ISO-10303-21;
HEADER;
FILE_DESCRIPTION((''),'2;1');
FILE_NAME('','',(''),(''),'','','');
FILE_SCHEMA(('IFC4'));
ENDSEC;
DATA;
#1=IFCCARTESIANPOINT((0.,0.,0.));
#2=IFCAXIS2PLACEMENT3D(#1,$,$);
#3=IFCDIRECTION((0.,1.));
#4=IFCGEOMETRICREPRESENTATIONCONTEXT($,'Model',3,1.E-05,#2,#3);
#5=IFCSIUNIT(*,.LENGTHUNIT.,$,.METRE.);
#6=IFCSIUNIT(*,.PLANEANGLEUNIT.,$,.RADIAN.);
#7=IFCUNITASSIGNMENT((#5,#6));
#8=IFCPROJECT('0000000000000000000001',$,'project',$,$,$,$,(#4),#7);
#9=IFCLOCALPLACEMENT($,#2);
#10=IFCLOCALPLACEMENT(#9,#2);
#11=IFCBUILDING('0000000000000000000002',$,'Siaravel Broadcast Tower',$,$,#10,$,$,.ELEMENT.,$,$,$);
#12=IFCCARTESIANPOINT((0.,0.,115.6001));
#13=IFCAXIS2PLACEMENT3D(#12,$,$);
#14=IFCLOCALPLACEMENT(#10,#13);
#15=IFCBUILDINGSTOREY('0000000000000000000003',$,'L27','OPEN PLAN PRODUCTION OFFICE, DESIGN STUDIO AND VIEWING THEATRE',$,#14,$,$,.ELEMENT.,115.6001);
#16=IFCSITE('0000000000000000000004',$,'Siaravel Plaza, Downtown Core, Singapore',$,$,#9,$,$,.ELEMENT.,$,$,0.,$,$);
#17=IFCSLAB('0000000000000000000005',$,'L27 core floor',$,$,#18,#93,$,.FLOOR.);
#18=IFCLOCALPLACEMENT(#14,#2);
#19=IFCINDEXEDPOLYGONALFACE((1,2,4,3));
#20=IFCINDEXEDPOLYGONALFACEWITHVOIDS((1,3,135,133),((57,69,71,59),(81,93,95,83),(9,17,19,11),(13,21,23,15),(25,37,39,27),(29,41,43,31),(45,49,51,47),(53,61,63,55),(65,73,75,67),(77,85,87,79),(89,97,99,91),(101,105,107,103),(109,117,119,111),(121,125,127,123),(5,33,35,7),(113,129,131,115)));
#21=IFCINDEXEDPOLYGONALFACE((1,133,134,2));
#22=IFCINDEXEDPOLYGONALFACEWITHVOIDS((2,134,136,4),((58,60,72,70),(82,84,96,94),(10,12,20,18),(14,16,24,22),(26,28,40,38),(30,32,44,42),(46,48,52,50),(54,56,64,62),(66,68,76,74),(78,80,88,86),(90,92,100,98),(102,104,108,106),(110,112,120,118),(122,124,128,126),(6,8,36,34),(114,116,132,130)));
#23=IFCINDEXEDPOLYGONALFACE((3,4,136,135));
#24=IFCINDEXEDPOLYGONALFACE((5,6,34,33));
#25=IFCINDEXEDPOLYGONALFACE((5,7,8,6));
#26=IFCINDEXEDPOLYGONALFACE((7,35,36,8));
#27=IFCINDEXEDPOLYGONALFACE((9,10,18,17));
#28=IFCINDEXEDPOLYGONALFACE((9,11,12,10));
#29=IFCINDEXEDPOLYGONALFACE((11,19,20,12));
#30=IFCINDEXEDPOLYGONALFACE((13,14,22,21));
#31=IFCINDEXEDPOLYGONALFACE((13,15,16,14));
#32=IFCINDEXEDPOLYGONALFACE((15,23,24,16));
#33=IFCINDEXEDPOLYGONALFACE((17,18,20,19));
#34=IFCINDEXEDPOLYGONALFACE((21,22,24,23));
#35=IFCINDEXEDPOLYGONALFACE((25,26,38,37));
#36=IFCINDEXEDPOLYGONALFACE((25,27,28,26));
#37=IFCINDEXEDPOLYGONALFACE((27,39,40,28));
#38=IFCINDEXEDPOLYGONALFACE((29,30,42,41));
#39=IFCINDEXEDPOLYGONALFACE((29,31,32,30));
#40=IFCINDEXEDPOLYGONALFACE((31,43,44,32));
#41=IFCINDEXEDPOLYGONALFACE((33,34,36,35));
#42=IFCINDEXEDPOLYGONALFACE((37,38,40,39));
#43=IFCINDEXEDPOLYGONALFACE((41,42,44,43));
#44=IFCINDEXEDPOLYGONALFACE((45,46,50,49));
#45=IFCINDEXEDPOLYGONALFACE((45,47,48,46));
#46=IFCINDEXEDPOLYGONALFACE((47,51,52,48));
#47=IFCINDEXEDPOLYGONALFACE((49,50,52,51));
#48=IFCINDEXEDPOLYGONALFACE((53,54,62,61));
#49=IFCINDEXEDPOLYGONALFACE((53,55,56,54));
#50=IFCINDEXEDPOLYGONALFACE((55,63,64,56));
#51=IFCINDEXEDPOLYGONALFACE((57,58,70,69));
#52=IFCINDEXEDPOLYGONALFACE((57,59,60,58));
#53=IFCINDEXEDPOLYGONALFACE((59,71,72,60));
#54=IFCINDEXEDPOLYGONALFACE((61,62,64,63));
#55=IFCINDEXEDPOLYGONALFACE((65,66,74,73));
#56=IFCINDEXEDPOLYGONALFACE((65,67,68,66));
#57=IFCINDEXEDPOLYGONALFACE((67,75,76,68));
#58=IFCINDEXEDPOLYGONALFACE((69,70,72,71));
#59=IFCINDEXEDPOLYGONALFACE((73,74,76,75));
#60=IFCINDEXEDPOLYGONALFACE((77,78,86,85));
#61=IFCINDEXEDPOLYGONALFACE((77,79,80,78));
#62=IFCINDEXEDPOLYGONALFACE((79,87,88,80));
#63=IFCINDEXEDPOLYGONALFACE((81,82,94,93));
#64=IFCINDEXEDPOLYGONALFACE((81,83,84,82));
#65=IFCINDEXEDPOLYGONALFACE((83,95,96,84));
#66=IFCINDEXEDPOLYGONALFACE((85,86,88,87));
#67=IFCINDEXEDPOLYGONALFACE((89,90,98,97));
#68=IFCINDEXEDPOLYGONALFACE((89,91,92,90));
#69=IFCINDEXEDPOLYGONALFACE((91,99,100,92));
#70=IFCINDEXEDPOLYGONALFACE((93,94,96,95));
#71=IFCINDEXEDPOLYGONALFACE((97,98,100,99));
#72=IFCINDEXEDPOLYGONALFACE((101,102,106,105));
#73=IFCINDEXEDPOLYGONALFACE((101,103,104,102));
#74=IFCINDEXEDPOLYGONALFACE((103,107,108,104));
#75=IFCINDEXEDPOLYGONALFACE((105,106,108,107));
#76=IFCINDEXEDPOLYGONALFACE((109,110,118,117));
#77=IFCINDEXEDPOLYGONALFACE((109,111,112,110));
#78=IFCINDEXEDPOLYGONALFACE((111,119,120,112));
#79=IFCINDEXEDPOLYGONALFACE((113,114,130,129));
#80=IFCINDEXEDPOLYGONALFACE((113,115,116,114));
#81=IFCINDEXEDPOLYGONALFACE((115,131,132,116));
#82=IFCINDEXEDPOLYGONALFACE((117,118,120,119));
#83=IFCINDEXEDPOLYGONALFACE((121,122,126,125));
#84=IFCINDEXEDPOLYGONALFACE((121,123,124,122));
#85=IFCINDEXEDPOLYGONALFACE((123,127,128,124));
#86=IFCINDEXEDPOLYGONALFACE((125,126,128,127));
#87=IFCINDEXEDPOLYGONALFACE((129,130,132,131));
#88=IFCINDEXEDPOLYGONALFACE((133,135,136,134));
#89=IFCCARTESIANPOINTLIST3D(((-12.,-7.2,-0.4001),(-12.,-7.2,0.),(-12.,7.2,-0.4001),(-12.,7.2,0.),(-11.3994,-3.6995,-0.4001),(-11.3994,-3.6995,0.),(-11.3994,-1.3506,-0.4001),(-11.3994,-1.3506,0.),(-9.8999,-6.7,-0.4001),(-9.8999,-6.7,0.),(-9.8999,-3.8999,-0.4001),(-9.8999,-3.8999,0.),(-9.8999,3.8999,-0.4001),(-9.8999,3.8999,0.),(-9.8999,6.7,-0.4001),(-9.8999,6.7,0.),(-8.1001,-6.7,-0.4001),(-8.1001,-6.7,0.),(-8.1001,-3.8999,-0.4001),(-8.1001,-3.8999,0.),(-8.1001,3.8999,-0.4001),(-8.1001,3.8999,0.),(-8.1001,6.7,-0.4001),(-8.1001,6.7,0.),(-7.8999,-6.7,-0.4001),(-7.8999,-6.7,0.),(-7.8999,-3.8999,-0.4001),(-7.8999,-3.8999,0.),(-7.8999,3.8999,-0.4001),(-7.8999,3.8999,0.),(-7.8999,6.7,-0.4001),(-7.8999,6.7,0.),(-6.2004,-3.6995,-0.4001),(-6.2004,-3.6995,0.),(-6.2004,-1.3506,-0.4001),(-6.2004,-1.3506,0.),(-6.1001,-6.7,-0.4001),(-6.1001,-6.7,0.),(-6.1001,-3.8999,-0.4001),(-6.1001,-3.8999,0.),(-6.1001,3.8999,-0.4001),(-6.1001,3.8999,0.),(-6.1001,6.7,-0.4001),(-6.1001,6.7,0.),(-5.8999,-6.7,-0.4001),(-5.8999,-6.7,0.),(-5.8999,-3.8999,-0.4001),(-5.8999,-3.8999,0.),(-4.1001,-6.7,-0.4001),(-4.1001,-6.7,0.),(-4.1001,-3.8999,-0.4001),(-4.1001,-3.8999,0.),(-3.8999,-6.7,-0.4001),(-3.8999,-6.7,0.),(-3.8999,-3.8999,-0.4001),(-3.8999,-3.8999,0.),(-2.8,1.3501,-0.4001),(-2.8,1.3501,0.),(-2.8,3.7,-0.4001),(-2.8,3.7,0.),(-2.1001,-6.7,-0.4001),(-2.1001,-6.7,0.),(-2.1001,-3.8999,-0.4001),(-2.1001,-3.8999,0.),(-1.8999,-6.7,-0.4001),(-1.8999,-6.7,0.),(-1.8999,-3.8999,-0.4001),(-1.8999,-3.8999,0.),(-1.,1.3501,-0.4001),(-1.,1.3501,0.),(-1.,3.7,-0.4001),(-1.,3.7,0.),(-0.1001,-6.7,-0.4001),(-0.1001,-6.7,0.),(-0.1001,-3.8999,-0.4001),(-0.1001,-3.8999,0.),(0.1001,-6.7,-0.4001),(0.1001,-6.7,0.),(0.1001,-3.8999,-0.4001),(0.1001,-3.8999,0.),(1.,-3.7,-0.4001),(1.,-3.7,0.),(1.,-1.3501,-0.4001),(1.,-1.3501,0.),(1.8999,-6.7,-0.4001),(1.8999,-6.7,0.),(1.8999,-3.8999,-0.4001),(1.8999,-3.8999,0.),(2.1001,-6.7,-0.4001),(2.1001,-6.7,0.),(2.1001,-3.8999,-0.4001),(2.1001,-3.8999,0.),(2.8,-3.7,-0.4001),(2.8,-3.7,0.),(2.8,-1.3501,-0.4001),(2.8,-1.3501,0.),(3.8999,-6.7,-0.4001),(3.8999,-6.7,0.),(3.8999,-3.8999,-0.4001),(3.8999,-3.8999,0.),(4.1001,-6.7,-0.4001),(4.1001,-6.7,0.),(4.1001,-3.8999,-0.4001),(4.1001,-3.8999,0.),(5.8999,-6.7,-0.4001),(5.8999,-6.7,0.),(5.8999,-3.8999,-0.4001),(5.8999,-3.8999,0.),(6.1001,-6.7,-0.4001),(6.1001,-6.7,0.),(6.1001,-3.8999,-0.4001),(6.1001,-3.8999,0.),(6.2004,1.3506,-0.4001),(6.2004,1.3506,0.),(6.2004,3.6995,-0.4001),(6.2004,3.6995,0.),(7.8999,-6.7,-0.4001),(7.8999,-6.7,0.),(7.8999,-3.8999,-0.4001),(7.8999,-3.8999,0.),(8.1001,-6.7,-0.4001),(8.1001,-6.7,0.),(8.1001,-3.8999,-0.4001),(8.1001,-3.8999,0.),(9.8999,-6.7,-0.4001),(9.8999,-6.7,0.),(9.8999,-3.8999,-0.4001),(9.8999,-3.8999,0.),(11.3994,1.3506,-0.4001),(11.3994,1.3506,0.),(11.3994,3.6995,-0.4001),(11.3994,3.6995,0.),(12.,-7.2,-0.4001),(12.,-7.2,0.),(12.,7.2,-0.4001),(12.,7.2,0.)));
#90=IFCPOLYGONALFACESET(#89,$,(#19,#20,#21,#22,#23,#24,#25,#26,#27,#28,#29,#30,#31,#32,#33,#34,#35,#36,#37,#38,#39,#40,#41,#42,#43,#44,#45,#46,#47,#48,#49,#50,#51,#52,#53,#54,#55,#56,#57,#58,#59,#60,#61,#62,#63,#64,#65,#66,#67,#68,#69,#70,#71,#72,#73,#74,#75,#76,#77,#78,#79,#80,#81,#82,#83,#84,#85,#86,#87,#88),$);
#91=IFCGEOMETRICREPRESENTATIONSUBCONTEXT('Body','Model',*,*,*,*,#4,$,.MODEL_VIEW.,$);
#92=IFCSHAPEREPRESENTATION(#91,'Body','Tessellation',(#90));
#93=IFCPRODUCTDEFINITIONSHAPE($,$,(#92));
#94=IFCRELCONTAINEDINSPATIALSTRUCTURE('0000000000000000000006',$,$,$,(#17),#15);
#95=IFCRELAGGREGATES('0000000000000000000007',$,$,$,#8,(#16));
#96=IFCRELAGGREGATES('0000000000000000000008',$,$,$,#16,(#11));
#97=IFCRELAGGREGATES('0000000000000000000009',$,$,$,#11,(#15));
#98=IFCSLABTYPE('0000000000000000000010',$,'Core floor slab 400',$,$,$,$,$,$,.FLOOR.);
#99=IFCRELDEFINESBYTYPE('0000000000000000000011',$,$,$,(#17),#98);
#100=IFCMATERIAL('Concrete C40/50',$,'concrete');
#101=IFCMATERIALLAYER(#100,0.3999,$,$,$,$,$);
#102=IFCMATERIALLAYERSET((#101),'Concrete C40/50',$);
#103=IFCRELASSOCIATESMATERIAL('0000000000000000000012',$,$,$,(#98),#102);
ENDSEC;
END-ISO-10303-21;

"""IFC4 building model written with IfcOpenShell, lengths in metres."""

from ifc_helpers import new_model, si_unit, direction, frame, origin, place, context, subcontext, project, spatial, polyline, outline, extrude, material, layer, layer_set, type_object, element, save


model = new_model("IFC4")

# Units and contexts
model_context = context("Model", 3, precision=1e-05, world=origin(), true_north=direction((0.0, 1.0)))
body_context = subcontext(model_context, "Body", "Model", "MODEL_VIEW")
ifc_project = project(units=[si_unit("LENGTHUNIT", "METRE"), si_unit("PLANEANGLEUNIT", "RADIAN")], contexts=[model_context])

# Site, building, storey
site_placement = place(None, origin())
site = spatial("IfcSite", under=ifc_project, at=site_placement, Name="Siaravel Plaza, Downtown Core, Singapore", CompositionType="ELEMENT", RefElevation=0.0)
building_placement = place(site_placement, origin())
building = spatial("IfcBuilding", under=site, at=building_placement, Name="Siaravel Broadcast Tower", CompositionType="ELEMENT")
storey_placement = place(building_placement, frame((0.0, 0.0, 115.6001)))
storey = spatial("IfcBuildingStorey", under=building, at=storey_placement, Name="L27", Description="OPEN PLAN PRODUCTION OFFICE, DESIGN STUDIO AND VIEWING THEATRE", CompositionType="ELEMENT", Elevation=115.6001)

# Slab
ifc_material_1 = material(Name="Concrete C40/50", Category="concrete")
ifc_layer_1 = layer(ifc_material_1, 0.3999)
ifc_layer_set_1 = layer_set([ifc_layer_1], Name="Concrete C40/50")
slab_type_1 = type_object("IfcSlabType", Name="Core floor slab 400", PredefinedType="FLOOR", material=ifc_layer_set_1)
slab_1_placement = place(storey_placement, frame((0.0, 0.0, -0.4001)))
element("IfcSlab", 1, at=slab_1_placement, inside=storey, type_object=slab_type_1, Name="L27 core floor", PredefinedType="FLOOR", context=body_context, shape_type="SweptSolid", body=[
    extrude(outline(polyline([(-12.0, -7.2), (-12.0, 7.2), (12.0, 7.2), (12.0, -7.2), (-12.0, -7.2)]), holes=[polyline([(11.3994, 1.3506), (11.3994, 3.6995), (6.2004, 3.6995), (6.2004, 1.3506), (11.3994, 1.3506)]), polyline([(9.8999, -3.8999), (8.1001, -3.8999), (8.1001, -6.7), (9.8999, -6.7), (9.8999, -3.8999)]), polyline([(7.8999, -3.8999), (6.1001, -3.8999), (6.1001, -6.7), (7.8999, -6.7), (7.8999, -3.8999)]), polyline([(5.8999, -3.8999), (4.1001, -3.8999), (4.1001, -6.7), (5.8999, -6.7), (5.8999, -3.8999)]), polyline([(3.8999, -3.8999), (2.1001, -3.8999), (2.1001, -6.7), (3.8999, -6.7), (3.8999, -3.8999)]), polyline([(2.8, -1.3501), (1.0, -1.3501), (1.0, -3.7), (2.8, -3.7), (2.8, -1.3501)]), polyline([(1.8999, -3.8999), (0.1001, -3.8999), (0.1001, -6.7), (1.8999, -6.7), (1.8999, -3.8999)]), polyline([(-0.1001, -3.8999), (-1.8999, -3.8999), (-1.8999, -6.7), (-0.1001, -6.7), (-0.1001, -3.8999)]), polyline([(-1.0, 3.7), (-2.8, 3.7), (-2.8, 1.3501), (-1.0, 1.3501), (-1.0, 3.7)]), polyline([(-2.1001, -3.8999), (-3.8999, -3.8999), (-3.8999, -6.7), (-2.1001, -6.7), (-2.1001, -3.8999)]), polyline([(-4.1001, -3.8999), (-5.8999, -3.8999), (-5.8999, -6.7), (-4.1001, -6.7), (-4.1001, -3.8999)]), polyline([(-6.1001, -3.8999), (-7.8999, -3.8999), (-7.8999, -6.7), (-6.1001, -6.7), (-6.1001, -3.8999)]), polyline([(-6.1001, 6.7), (-7.8999, 6.7), (-7.8999, 3.8999), (-6.1001, 3.8999), (-6.1001, 6.7)]), polyline([(-11.3994, -1.3506), (-11.3994, -3.6995), (-6.2004, -3.6995), (-6.2004, -1.3506), (-11.3994, -1.3506)]), polyline([(-8.1001, -3.8999), (-9.8999, -3.8999), (-9.8999, -6.7), (-8.1001, -6.7), (-8.1001, -3.8999)]), polyline([(-8.1001, 6.7), (-9.8999, 6.7), (-9.8999, 3.8999), (-8.1001, 3.8999), (-8.1001, 6.7)])]), origin(), (0.0, 0.0, 1.0), 0.4001),
])

save(model, "model.ifc")
